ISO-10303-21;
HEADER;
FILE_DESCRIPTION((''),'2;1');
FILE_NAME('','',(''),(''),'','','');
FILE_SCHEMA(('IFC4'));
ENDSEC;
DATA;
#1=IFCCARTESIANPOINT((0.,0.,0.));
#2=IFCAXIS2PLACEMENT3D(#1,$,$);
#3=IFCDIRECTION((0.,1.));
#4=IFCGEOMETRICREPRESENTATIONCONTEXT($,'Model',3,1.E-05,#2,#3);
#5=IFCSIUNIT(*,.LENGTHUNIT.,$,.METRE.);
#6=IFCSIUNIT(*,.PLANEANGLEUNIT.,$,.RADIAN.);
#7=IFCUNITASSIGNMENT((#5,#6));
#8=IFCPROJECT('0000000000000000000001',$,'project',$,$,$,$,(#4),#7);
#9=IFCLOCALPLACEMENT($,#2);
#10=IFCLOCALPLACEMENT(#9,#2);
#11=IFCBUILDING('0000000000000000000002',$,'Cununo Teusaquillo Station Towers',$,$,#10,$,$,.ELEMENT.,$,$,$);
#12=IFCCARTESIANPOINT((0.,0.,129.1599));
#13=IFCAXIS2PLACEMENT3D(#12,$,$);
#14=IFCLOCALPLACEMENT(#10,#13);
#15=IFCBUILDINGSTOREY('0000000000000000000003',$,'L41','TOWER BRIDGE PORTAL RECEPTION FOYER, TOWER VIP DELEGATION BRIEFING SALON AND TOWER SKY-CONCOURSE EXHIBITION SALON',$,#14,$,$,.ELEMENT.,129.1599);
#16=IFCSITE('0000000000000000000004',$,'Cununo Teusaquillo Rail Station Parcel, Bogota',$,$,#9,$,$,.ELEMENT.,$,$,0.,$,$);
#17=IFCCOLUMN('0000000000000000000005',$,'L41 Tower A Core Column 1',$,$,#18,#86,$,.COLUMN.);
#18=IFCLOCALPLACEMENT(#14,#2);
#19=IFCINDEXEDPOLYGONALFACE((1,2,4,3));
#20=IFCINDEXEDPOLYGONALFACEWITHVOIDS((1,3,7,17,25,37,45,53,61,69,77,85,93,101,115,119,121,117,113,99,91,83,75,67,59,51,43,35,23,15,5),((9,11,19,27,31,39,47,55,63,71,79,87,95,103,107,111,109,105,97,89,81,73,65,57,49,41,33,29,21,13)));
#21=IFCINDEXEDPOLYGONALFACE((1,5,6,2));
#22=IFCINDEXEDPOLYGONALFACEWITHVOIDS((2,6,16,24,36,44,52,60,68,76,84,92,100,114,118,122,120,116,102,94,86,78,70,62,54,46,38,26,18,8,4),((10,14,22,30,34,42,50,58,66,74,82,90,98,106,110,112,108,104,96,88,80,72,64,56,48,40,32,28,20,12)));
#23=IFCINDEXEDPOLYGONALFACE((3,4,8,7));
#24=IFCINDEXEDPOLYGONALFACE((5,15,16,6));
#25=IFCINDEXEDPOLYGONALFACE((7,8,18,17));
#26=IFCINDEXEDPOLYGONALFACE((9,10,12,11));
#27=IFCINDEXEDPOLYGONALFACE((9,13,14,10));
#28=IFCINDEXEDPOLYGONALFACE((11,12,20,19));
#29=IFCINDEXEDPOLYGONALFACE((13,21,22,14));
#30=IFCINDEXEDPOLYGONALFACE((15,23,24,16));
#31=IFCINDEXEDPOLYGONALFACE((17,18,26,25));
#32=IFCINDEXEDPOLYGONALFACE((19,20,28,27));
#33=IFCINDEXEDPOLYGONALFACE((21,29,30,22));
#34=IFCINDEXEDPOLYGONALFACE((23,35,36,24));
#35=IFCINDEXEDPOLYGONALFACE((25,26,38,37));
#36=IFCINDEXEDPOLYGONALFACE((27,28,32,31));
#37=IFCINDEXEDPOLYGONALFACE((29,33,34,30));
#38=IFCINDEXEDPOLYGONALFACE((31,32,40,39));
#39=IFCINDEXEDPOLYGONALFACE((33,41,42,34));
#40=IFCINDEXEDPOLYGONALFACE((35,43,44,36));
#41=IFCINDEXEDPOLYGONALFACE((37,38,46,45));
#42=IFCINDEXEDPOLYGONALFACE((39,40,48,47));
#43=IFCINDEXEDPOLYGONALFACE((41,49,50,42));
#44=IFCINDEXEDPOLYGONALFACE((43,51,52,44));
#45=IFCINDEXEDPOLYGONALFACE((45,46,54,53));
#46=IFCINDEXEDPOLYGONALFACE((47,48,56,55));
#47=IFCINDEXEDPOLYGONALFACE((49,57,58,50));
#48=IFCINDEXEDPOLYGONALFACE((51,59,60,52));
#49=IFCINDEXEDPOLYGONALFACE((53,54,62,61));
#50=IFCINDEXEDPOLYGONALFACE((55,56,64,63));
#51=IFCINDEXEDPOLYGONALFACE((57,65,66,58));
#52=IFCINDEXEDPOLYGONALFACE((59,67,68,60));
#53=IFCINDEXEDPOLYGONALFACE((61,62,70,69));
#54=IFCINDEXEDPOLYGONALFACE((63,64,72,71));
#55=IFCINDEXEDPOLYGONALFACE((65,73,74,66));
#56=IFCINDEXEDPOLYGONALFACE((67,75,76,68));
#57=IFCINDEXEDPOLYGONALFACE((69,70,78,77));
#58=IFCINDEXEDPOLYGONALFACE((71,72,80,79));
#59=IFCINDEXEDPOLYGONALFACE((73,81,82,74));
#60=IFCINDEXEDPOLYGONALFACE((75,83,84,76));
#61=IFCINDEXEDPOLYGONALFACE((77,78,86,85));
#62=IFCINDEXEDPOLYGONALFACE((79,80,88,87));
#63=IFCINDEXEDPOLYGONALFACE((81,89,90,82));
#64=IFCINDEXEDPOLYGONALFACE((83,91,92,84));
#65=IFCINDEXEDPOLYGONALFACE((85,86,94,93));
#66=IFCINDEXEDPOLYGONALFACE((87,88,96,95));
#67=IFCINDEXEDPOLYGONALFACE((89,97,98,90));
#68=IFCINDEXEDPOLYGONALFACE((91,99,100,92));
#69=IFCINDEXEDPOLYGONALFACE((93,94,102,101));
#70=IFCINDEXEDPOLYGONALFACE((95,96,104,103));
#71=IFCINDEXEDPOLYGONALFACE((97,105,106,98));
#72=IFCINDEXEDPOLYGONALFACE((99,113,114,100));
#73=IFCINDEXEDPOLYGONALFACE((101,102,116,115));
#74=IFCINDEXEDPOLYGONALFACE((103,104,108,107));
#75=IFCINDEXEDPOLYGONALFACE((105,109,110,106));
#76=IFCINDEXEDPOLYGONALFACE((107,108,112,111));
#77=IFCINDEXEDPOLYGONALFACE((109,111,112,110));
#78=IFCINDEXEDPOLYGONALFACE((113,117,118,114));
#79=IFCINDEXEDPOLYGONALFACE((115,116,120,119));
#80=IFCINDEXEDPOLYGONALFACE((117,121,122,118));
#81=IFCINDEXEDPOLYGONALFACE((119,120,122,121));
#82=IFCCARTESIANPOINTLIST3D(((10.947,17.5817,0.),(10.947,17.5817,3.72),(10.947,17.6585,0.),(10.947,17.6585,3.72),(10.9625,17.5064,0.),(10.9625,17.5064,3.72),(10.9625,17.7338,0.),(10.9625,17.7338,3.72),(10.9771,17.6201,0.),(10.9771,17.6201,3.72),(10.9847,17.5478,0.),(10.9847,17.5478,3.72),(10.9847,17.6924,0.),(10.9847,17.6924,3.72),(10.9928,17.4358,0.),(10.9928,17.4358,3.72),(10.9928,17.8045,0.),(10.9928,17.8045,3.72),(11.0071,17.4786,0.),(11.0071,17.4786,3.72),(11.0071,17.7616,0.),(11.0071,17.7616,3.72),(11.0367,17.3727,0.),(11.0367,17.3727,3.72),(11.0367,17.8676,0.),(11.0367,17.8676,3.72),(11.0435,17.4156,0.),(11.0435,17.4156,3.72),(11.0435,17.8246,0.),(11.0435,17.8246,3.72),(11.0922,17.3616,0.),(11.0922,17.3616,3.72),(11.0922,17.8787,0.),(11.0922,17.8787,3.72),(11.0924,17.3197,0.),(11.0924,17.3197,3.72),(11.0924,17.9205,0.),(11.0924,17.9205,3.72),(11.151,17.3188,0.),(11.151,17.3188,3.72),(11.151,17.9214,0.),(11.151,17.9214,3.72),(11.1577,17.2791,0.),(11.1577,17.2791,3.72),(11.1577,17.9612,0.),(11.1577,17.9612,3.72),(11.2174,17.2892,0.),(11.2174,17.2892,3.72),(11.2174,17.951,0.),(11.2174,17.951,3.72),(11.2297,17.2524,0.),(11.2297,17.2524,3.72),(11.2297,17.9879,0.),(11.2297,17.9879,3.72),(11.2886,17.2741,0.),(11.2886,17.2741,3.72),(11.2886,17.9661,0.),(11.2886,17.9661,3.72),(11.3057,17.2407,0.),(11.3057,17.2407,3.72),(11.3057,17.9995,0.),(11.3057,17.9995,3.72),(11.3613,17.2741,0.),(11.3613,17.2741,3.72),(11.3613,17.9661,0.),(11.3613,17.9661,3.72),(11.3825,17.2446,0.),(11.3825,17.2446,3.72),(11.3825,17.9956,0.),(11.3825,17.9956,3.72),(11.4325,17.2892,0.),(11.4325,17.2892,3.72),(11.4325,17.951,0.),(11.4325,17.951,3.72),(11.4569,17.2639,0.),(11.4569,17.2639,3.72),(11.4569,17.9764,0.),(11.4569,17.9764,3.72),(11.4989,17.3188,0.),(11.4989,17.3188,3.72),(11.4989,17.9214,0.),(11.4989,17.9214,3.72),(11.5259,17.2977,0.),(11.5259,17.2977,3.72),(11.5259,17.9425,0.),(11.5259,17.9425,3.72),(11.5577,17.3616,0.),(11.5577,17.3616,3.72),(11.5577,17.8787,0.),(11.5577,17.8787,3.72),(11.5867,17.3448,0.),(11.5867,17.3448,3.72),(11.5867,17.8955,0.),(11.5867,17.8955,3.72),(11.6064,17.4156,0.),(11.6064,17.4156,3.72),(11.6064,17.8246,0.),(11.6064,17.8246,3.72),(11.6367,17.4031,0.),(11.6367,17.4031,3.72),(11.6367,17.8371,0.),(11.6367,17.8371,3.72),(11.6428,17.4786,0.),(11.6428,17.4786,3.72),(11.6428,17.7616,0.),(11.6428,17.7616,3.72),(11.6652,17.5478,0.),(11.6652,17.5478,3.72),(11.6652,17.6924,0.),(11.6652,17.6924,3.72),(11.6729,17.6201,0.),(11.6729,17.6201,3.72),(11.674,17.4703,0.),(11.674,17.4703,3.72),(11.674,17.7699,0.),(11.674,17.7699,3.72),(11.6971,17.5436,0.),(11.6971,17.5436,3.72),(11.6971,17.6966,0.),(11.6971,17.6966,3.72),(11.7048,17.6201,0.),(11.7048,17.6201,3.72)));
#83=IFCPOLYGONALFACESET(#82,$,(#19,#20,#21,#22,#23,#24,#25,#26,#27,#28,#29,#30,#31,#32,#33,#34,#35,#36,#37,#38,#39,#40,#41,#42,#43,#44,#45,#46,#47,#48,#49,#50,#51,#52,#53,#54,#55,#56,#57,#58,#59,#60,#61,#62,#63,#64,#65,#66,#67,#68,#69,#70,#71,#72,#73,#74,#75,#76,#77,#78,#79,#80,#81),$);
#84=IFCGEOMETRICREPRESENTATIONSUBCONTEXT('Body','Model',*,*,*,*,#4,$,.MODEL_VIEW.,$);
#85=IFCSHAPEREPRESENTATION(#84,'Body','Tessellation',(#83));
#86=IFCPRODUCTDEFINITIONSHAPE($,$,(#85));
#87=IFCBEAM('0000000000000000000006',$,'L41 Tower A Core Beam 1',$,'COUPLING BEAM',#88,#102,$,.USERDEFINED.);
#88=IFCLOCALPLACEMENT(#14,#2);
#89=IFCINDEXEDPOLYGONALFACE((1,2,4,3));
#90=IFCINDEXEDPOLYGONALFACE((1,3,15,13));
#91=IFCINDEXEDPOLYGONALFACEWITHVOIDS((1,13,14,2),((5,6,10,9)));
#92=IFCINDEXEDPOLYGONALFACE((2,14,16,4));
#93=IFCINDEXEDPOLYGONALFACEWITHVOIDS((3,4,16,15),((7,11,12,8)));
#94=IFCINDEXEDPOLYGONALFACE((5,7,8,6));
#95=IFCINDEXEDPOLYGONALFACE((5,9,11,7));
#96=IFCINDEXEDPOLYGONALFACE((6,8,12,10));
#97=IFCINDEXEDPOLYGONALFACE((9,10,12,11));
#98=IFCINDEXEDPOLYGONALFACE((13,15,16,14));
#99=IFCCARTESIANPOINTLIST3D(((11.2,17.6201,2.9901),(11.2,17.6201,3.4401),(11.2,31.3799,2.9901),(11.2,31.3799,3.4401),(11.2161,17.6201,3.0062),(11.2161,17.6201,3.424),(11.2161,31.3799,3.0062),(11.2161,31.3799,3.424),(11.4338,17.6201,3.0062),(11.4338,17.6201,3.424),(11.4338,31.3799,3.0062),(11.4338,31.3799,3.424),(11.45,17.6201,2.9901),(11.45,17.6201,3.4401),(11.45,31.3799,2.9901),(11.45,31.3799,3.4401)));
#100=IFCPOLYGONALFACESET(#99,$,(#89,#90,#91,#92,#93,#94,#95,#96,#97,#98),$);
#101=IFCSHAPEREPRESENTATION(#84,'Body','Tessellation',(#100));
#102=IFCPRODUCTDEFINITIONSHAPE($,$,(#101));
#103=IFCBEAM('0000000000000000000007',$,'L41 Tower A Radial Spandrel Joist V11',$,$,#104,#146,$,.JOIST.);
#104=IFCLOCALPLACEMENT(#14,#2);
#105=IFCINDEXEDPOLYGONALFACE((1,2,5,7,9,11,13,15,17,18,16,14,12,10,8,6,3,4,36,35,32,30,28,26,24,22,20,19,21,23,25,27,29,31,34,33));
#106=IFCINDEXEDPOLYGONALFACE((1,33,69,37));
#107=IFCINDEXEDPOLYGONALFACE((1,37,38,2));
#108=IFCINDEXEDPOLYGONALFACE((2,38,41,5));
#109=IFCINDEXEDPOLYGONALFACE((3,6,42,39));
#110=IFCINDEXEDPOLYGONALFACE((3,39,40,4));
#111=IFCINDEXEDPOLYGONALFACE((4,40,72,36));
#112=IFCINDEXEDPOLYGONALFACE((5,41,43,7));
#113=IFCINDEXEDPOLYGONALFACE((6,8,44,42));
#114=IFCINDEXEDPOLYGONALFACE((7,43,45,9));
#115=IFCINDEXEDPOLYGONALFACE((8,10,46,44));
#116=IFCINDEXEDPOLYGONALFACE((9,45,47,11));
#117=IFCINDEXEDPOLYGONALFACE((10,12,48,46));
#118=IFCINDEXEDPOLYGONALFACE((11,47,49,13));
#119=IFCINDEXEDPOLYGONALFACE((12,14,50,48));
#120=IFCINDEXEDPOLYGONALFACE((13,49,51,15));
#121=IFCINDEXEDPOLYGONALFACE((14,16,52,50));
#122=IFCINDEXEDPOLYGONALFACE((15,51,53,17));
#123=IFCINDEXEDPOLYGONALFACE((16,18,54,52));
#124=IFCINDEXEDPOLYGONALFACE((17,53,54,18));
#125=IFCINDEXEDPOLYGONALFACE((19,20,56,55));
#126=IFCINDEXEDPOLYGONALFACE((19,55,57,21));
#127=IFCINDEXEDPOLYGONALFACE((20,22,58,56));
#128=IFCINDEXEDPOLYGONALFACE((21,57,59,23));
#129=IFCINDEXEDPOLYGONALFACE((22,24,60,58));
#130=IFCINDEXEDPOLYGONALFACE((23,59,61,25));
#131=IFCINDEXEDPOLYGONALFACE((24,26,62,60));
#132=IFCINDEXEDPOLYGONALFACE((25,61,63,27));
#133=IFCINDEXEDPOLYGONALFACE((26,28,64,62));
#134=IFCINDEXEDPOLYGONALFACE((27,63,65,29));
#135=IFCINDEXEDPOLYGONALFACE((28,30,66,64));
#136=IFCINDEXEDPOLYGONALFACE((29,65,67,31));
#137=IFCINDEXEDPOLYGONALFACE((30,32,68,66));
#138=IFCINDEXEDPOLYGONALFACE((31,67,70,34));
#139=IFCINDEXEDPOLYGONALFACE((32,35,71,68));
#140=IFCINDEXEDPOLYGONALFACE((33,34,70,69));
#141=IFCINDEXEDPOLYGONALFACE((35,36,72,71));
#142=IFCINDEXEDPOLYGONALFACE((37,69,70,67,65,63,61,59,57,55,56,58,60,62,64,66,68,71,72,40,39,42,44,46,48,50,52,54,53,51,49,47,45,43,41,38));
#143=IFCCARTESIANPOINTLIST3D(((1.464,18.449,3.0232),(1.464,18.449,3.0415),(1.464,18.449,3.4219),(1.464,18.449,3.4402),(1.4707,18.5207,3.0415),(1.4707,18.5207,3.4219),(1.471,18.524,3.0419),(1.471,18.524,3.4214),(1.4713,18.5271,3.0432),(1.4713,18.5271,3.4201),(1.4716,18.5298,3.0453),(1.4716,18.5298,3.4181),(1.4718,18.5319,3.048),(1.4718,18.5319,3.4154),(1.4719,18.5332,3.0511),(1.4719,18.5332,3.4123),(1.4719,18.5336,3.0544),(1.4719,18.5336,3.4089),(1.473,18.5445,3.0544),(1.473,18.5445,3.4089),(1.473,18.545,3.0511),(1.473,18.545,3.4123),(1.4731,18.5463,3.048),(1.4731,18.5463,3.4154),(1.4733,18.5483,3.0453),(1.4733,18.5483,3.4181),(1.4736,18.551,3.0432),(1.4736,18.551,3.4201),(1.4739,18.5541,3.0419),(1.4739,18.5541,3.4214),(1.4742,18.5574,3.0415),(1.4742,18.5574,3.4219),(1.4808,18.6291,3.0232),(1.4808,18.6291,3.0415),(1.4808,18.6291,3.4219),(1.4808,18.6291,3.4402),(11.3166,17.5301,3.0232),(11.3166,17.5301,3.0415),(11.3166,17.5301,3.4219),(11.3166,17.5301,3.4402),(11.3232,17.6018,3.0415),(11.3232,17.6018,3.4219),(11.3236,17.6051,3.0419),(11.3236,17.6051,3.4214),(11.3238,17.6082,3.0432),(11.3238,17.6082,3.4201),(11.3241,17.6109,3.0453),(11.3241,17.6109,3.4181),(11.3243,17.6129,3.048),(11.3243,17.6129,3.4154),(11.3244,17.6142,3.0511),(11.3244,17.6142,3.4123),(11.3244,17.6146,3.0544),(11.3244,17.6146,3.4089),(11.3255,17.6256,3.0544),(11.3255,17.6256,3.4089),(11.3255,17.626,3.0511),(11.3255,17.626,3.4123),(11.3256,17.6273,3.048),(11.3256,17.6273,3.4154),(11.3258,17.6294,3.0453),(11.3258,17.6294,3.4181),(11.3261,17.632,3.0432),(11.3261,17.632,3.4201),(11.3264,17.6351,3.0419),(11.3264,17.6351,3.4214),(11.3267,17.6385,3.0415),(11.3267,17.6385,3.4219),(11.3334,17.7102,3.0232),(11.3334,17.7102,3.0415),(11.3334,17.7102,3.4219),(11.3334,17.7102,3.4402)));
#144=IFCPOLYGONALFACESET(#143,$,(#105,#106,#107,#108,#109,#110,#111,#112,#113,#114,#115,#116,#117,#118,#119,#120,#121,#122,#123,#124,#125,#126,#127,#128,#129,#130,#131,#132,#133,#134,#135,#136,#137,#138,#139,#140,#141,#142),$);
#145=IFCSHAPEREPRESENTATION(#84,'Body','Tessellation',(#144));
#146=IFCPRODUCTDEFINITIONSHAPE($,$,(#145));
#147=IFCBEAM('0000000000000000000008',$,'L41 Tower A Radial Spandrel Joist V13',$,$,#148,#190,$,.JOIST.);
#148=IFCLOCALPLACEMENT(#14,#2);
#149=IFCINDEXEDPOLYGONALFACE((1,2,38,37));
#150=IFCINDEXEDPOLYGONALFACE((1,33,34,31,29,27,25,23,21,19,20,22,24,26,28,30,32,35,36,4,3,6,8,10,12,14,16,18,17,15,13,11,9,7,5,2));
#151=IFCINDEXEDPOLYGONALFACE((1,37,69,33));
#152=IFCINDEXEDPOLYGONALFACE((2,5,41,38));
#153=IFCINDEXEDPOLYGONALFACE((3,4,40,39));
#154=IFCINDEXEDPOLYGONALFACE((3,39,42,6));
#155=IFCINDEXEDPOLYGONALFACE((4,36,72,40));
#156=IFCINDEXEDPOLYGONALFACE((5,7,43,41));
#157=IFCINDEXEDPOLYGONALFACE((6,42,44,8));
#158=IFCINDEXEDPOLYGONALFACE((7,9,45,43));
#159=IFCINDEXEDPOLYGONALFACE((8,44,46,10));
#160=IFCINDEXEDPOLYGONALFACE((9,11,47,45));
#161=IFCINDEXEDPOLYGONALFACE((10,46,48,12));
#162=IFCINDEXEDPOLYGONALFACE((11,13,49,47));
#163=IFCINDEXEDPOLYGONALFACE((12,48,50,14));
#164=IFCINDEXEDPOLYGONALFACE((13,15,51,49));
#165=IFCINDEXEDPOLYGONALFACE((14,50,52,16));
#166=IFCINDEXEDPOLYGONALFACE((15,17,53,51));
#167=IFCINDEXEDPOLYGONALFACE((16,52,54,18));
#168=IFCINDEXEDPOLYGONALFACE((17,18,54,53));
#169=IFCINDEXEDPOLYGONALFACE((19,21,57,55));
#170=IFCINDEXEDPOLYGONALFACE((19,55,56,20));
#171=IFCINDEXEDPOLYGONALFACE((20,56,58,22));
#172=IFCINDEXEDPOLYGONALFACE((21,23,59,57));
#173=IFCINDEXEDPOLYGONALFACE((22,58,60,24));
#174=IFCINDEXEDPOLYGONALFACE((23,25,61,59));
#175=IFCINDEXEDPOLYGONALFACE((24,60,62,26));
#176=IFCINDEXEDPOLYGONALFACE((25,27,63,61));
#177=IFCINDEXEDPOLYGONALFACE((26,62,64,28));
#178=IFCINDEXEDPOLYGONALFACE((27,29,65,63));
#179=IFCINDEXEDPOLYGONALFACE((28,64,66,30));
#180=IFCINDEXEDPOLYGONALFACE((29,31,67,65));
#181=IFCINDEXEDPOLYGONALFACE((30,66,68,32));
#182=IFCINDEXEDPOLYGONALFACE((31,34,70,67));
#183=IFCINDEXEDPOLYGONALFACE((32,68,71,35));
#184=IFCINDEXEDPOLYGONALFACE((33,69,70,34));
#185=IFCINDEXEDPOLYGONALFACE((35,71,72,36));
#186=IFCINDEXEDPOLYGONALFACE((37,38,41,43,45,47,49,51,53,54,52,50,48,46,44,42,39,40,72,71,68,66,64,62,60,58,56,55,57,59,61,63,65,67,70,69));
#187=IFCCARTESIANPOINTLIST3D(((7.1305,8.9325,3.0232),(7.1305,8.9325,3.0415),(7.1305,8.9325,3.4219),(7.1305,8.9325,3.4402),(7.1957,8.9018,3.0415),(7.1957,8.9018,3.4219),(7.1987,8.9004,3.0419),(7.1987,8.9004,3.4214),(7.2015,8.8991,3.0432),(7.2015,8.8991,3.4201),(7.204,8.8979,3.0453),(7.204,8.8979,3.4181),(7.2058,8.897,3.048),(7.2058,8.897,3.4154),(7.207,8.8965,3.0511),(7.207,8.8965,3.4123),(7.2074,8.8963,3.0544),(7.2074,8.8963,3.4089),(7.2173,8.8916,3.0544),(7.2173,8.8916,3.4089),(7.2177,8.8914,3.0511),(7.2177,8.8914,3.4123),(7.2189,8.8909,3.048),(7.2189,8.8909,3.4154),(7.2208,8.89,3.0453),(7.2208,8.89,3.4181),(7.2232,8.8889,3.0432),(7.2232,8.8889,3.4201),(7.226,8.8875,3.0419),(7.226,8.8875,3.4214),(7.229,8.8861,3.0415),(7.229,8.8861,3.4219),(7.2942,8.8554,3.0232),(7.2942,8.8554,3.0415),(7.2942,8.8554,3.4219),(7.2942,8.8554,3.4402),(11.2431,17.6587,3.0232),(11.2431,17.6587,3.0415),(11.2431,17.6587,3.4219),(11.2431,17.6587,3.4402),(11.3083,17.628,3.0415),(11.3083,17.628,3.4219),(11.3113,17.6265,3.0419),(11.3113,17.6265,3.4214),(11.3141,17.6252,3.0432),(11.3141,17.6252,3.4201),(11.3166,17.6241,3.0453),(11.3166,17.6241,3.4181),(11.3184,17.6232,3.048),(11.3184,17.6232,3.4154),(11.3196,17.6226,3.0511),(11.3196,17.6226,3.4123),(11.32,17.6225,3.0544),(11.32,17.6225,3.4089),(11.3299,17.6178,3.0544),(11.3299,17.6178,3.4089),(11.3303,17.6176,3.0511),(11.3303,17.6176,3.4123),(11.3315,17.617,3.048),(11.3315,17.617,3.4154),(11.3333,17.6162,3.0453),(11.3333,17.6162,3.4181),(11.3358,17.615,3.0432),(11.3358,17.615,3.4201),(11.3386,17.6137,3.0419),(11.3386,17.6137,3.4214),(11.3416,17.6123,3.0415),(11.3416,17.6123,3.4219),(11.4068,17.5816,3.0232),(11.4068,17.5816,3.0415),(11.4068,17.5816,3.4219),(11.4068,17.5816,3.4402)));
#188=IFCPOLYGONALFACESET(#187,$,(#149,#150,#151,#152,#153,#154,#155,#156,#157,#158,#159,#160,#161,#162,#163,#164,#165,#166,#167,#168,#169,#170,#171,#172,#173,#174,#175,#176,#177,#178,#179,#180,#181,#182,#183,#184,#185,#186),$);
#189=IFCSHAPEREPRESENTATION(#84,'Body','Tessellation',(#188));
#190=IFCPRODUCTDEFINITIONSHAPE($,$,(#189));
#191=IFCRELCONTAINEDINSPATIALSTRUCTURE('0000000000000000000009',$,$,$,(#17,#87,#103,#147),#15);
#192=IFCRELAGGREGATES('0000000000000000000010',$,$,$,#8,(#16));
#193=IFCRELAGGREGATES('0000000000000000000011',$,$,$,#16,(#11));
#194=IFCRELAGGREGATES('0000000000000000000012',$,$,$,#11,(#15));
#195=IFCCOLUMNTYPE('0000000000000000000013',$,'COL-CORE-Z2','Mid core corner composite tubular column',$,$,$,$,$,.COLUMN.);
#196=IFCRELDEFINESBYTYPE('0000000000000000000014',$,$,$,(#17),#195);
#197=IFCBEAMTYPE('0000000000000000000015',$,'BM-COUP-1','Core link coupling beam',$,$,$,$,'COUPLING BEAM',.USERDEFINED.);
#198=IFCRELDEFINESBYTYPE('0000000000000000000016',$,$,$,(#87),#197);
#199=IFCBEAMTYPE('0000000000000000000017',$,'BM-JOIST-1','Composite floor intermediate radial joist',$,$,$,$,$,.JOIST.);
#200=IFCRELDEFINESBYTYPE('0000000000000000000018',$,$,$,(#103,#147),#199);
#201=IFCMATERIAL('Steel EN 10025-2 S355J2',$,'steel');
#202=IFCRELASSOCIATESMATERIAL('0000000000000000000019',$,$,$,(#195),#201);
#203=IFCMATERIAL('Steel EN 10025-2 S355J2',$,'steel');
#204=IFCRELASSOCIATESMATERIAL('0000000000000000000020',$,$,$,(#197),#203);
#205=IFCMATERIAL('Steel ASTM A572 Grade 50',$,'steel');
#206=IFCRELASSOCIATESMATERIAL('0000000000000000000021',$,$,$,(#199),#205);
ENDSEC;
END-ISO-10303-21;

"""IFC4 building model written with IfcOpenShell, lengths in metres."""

from ifc_helpers import new_model, si_unit, direction, frame, origin, origin_2d, place, context, subcontext, project, spatial, hollow_rectangle, hollow_circle, i_section, extrude, material, material_profile, profile_set, type_object, element, save


model = new_model("IFC4")

# Units and contexts
model_context = context("Model", 3, precision=1e-05, world=origin(), true_north=direction((0.0, 1.0)))
body_context = subcontext(model_context, "Body", "Model", "MODEL_VIEW")
ifc_project = project(units=[si_unit("LENGTHUNIT", "METRE"), si_unit("PLANEANGLEUNIT", "RADIAN")], contexts=[model_context])

# Site, building, storey
site_placement = place(None, origin())
site = spatial("IfcSite", under=ifc_project, at=site_placement, Name="Cununo Teusaquillo Rail Station Parcel, Bogota", CompositionType="ELEMENT", RefElevation=0.0)
building_placement = place(site_placement, origin())
building = spatial("IfcBuilding", under=site, at=building_placement, Name="Cununo Teusaquillo Station Towers", CompositionType="ELEMENT")
storey_placement = place(building_placement, frame((0.0, 0.0, 129.1599)))
storey = spatial("IfcBuildingStorey", under=building, at=storey_placement, Name="L41", Description="TOWER BRIDGE PORTAL RECEPTION FOYER, TOWER VIP DELEGATION BRIEFING SALON AND TOWER SKY-CONCOURSE EXHIBITION SALON", CompositionType="ELEMENT", Elevation=129.1599)

# Column
ifc_material_1 = material(Name="Steel EN 10025-2 S355J2", Category="steel")
ifc_material_profile_1 = material_profile(ifc_material_1, hollow_circle(Radius=0.3799, WallThickness=0.032, at=origin_2d()), Name="CHS 760x32")
ifc_profile_set_1 = profile_set([ifc_material_profile_1], Name="Steel EN 10025-2 S355J2")
column_type = type_object("IfcColumnType", Name="COL-CORE-Z2", Description="Mid core corner composite tubular column", PredefinedType="COLUMN", material=ifc_profile_set_1)
column_placement = place(storey_placement, frame((11.325, 17.6201, 0.0), z_axis=(0.0, 0.0, 1.0), x_axis=(1.0, 0.0, 0.0)))
element("IfcColumn", 1, at=column_placement, inside=storey, type_object=column_type, Name="L41 Tower A Core Column 1", PredefinedType="COLUMN", context=body_context, shape_type="SweptSolid", body=[
    extrude(hollow_circle(Radius=0.3799, WallThickness=0.032, at=origin_2d()), origin(), (0.0, 0.0, 1.0), 3.72),
])

# Beams
ifc_material_2 = material(Name="Steel EN 10025-2 S355J2", Category="steel")
ifc_material_profile_2 = material_profile(ifc_material_2, hollow_rectangle(XDim=0.25, YDim=0.45, WallThickness=0.0161, at=origin_2d()), Name="RHS 450x250x16")
ifc_profile_set_2 = profile_set([ifc_material_profile_2], Name="Steel EN 10025-2 S355J2")
beam_type_1 = type_object("IfcBeamType", Name="BM-COUP-1", Description="Core link coupling beam", ElementType="COUPLING BEAM", PredefinedType="USERDEFINED", material=ifc_profile_set_2)
beam_1_placement = place(storey_placement, frame((11.325, 17.6201, 3.2151), z_axis=(0.0, 1.0, 0.0), x_axis=(-1.0, 0.0, 0.0)))
element("IfcBeam", 2, at=beam_1_placement, inside=storey, type_object=beam_type_1, Name="L41 Tower A Core Beam 1", ObjectType="COUPLING BEAM", PredefinedType="USERDEFINED", context=body_context, shape_type="SweptSolid", body=[
    extrude(hollow_rectangle(XDim=0.25, YDim=0.45, WallThickness=0.0161, at=origin_2d()), origin(), (0.0, 0.0, 1.0), 13.7598),
])
ifc_material_3 = material(Name="Steel ASTM A572 Grade 50", Category="steel")
ifc_material_profile_3 = material_profile(ifc_material_3, i_section(OverallWidth=0.1809, OverallDepth=0.417, WebThickness=0.011, FlangeThickness=0.0183, FilletRadius=0.0129, at=origin_2d()), Name="W16X57")
ifc_profile_set_3 = profile_set([ifc_material_profile_3], Name="Steel ASTM A572 Grade 50")
beam_type_2 = type_object("IfcBeamType", Name="BM-JOIST-1", Description="Composite floor intermediate radial joist", PredefinedType="JOIST", material=ifc_profile_set_3)
beam_2_placement = place(storey_placement, frame((11.325, 17.6201, 3.2317), z_axis=(-0.995679, 0.092867, 0.0), x_axis=(-0.092867, -0.995679, 0.0)))
element("IfcBeam", 3, at=beam_2_placement, inside=storey, type_object=beam_type_2, Name="L41 Tower A Radial Spandrel Joist V11", PredefinedType="JOIST", context=body_context, shape_type="SweptSolid", body=[
    extrude(i_section(OverallWidth=0.1809, OverallDepth=0.417, WebThickness=0.011, FlangeThickness=0.0183, FilletRadius=0.0129, at=origin_2d()), origin(), (0.0, 0.0, 1.0), 9.8953),
])
beam_3_placement = place(storey_placement, frame((11.325, 17.6201, 3.2317), z_axis=(-0.42632, -0.904572, 0.0), x_axis=(0.904572, -0.42632, 0.0)))
element("IfcBeam", 4, at=beam_3_placement, inside=storey, type_object=beam_type_2, Name="L41 Tower A Radial Spandrel Joist V13", PredefinedType="JOIST", context=body_context, shape_type="SweptSolid", body=[
    extrude(i_section(OverallWidth=0.1809, OverallDepth=0.417, WebThickness=0.011, FlangeThickness=0.0183, FilletRadius=0.0129, at=origin_2d()), origin(), (0.0, 0.0, 1.0), 9.6467),
])

save(model, "model.ifc")
